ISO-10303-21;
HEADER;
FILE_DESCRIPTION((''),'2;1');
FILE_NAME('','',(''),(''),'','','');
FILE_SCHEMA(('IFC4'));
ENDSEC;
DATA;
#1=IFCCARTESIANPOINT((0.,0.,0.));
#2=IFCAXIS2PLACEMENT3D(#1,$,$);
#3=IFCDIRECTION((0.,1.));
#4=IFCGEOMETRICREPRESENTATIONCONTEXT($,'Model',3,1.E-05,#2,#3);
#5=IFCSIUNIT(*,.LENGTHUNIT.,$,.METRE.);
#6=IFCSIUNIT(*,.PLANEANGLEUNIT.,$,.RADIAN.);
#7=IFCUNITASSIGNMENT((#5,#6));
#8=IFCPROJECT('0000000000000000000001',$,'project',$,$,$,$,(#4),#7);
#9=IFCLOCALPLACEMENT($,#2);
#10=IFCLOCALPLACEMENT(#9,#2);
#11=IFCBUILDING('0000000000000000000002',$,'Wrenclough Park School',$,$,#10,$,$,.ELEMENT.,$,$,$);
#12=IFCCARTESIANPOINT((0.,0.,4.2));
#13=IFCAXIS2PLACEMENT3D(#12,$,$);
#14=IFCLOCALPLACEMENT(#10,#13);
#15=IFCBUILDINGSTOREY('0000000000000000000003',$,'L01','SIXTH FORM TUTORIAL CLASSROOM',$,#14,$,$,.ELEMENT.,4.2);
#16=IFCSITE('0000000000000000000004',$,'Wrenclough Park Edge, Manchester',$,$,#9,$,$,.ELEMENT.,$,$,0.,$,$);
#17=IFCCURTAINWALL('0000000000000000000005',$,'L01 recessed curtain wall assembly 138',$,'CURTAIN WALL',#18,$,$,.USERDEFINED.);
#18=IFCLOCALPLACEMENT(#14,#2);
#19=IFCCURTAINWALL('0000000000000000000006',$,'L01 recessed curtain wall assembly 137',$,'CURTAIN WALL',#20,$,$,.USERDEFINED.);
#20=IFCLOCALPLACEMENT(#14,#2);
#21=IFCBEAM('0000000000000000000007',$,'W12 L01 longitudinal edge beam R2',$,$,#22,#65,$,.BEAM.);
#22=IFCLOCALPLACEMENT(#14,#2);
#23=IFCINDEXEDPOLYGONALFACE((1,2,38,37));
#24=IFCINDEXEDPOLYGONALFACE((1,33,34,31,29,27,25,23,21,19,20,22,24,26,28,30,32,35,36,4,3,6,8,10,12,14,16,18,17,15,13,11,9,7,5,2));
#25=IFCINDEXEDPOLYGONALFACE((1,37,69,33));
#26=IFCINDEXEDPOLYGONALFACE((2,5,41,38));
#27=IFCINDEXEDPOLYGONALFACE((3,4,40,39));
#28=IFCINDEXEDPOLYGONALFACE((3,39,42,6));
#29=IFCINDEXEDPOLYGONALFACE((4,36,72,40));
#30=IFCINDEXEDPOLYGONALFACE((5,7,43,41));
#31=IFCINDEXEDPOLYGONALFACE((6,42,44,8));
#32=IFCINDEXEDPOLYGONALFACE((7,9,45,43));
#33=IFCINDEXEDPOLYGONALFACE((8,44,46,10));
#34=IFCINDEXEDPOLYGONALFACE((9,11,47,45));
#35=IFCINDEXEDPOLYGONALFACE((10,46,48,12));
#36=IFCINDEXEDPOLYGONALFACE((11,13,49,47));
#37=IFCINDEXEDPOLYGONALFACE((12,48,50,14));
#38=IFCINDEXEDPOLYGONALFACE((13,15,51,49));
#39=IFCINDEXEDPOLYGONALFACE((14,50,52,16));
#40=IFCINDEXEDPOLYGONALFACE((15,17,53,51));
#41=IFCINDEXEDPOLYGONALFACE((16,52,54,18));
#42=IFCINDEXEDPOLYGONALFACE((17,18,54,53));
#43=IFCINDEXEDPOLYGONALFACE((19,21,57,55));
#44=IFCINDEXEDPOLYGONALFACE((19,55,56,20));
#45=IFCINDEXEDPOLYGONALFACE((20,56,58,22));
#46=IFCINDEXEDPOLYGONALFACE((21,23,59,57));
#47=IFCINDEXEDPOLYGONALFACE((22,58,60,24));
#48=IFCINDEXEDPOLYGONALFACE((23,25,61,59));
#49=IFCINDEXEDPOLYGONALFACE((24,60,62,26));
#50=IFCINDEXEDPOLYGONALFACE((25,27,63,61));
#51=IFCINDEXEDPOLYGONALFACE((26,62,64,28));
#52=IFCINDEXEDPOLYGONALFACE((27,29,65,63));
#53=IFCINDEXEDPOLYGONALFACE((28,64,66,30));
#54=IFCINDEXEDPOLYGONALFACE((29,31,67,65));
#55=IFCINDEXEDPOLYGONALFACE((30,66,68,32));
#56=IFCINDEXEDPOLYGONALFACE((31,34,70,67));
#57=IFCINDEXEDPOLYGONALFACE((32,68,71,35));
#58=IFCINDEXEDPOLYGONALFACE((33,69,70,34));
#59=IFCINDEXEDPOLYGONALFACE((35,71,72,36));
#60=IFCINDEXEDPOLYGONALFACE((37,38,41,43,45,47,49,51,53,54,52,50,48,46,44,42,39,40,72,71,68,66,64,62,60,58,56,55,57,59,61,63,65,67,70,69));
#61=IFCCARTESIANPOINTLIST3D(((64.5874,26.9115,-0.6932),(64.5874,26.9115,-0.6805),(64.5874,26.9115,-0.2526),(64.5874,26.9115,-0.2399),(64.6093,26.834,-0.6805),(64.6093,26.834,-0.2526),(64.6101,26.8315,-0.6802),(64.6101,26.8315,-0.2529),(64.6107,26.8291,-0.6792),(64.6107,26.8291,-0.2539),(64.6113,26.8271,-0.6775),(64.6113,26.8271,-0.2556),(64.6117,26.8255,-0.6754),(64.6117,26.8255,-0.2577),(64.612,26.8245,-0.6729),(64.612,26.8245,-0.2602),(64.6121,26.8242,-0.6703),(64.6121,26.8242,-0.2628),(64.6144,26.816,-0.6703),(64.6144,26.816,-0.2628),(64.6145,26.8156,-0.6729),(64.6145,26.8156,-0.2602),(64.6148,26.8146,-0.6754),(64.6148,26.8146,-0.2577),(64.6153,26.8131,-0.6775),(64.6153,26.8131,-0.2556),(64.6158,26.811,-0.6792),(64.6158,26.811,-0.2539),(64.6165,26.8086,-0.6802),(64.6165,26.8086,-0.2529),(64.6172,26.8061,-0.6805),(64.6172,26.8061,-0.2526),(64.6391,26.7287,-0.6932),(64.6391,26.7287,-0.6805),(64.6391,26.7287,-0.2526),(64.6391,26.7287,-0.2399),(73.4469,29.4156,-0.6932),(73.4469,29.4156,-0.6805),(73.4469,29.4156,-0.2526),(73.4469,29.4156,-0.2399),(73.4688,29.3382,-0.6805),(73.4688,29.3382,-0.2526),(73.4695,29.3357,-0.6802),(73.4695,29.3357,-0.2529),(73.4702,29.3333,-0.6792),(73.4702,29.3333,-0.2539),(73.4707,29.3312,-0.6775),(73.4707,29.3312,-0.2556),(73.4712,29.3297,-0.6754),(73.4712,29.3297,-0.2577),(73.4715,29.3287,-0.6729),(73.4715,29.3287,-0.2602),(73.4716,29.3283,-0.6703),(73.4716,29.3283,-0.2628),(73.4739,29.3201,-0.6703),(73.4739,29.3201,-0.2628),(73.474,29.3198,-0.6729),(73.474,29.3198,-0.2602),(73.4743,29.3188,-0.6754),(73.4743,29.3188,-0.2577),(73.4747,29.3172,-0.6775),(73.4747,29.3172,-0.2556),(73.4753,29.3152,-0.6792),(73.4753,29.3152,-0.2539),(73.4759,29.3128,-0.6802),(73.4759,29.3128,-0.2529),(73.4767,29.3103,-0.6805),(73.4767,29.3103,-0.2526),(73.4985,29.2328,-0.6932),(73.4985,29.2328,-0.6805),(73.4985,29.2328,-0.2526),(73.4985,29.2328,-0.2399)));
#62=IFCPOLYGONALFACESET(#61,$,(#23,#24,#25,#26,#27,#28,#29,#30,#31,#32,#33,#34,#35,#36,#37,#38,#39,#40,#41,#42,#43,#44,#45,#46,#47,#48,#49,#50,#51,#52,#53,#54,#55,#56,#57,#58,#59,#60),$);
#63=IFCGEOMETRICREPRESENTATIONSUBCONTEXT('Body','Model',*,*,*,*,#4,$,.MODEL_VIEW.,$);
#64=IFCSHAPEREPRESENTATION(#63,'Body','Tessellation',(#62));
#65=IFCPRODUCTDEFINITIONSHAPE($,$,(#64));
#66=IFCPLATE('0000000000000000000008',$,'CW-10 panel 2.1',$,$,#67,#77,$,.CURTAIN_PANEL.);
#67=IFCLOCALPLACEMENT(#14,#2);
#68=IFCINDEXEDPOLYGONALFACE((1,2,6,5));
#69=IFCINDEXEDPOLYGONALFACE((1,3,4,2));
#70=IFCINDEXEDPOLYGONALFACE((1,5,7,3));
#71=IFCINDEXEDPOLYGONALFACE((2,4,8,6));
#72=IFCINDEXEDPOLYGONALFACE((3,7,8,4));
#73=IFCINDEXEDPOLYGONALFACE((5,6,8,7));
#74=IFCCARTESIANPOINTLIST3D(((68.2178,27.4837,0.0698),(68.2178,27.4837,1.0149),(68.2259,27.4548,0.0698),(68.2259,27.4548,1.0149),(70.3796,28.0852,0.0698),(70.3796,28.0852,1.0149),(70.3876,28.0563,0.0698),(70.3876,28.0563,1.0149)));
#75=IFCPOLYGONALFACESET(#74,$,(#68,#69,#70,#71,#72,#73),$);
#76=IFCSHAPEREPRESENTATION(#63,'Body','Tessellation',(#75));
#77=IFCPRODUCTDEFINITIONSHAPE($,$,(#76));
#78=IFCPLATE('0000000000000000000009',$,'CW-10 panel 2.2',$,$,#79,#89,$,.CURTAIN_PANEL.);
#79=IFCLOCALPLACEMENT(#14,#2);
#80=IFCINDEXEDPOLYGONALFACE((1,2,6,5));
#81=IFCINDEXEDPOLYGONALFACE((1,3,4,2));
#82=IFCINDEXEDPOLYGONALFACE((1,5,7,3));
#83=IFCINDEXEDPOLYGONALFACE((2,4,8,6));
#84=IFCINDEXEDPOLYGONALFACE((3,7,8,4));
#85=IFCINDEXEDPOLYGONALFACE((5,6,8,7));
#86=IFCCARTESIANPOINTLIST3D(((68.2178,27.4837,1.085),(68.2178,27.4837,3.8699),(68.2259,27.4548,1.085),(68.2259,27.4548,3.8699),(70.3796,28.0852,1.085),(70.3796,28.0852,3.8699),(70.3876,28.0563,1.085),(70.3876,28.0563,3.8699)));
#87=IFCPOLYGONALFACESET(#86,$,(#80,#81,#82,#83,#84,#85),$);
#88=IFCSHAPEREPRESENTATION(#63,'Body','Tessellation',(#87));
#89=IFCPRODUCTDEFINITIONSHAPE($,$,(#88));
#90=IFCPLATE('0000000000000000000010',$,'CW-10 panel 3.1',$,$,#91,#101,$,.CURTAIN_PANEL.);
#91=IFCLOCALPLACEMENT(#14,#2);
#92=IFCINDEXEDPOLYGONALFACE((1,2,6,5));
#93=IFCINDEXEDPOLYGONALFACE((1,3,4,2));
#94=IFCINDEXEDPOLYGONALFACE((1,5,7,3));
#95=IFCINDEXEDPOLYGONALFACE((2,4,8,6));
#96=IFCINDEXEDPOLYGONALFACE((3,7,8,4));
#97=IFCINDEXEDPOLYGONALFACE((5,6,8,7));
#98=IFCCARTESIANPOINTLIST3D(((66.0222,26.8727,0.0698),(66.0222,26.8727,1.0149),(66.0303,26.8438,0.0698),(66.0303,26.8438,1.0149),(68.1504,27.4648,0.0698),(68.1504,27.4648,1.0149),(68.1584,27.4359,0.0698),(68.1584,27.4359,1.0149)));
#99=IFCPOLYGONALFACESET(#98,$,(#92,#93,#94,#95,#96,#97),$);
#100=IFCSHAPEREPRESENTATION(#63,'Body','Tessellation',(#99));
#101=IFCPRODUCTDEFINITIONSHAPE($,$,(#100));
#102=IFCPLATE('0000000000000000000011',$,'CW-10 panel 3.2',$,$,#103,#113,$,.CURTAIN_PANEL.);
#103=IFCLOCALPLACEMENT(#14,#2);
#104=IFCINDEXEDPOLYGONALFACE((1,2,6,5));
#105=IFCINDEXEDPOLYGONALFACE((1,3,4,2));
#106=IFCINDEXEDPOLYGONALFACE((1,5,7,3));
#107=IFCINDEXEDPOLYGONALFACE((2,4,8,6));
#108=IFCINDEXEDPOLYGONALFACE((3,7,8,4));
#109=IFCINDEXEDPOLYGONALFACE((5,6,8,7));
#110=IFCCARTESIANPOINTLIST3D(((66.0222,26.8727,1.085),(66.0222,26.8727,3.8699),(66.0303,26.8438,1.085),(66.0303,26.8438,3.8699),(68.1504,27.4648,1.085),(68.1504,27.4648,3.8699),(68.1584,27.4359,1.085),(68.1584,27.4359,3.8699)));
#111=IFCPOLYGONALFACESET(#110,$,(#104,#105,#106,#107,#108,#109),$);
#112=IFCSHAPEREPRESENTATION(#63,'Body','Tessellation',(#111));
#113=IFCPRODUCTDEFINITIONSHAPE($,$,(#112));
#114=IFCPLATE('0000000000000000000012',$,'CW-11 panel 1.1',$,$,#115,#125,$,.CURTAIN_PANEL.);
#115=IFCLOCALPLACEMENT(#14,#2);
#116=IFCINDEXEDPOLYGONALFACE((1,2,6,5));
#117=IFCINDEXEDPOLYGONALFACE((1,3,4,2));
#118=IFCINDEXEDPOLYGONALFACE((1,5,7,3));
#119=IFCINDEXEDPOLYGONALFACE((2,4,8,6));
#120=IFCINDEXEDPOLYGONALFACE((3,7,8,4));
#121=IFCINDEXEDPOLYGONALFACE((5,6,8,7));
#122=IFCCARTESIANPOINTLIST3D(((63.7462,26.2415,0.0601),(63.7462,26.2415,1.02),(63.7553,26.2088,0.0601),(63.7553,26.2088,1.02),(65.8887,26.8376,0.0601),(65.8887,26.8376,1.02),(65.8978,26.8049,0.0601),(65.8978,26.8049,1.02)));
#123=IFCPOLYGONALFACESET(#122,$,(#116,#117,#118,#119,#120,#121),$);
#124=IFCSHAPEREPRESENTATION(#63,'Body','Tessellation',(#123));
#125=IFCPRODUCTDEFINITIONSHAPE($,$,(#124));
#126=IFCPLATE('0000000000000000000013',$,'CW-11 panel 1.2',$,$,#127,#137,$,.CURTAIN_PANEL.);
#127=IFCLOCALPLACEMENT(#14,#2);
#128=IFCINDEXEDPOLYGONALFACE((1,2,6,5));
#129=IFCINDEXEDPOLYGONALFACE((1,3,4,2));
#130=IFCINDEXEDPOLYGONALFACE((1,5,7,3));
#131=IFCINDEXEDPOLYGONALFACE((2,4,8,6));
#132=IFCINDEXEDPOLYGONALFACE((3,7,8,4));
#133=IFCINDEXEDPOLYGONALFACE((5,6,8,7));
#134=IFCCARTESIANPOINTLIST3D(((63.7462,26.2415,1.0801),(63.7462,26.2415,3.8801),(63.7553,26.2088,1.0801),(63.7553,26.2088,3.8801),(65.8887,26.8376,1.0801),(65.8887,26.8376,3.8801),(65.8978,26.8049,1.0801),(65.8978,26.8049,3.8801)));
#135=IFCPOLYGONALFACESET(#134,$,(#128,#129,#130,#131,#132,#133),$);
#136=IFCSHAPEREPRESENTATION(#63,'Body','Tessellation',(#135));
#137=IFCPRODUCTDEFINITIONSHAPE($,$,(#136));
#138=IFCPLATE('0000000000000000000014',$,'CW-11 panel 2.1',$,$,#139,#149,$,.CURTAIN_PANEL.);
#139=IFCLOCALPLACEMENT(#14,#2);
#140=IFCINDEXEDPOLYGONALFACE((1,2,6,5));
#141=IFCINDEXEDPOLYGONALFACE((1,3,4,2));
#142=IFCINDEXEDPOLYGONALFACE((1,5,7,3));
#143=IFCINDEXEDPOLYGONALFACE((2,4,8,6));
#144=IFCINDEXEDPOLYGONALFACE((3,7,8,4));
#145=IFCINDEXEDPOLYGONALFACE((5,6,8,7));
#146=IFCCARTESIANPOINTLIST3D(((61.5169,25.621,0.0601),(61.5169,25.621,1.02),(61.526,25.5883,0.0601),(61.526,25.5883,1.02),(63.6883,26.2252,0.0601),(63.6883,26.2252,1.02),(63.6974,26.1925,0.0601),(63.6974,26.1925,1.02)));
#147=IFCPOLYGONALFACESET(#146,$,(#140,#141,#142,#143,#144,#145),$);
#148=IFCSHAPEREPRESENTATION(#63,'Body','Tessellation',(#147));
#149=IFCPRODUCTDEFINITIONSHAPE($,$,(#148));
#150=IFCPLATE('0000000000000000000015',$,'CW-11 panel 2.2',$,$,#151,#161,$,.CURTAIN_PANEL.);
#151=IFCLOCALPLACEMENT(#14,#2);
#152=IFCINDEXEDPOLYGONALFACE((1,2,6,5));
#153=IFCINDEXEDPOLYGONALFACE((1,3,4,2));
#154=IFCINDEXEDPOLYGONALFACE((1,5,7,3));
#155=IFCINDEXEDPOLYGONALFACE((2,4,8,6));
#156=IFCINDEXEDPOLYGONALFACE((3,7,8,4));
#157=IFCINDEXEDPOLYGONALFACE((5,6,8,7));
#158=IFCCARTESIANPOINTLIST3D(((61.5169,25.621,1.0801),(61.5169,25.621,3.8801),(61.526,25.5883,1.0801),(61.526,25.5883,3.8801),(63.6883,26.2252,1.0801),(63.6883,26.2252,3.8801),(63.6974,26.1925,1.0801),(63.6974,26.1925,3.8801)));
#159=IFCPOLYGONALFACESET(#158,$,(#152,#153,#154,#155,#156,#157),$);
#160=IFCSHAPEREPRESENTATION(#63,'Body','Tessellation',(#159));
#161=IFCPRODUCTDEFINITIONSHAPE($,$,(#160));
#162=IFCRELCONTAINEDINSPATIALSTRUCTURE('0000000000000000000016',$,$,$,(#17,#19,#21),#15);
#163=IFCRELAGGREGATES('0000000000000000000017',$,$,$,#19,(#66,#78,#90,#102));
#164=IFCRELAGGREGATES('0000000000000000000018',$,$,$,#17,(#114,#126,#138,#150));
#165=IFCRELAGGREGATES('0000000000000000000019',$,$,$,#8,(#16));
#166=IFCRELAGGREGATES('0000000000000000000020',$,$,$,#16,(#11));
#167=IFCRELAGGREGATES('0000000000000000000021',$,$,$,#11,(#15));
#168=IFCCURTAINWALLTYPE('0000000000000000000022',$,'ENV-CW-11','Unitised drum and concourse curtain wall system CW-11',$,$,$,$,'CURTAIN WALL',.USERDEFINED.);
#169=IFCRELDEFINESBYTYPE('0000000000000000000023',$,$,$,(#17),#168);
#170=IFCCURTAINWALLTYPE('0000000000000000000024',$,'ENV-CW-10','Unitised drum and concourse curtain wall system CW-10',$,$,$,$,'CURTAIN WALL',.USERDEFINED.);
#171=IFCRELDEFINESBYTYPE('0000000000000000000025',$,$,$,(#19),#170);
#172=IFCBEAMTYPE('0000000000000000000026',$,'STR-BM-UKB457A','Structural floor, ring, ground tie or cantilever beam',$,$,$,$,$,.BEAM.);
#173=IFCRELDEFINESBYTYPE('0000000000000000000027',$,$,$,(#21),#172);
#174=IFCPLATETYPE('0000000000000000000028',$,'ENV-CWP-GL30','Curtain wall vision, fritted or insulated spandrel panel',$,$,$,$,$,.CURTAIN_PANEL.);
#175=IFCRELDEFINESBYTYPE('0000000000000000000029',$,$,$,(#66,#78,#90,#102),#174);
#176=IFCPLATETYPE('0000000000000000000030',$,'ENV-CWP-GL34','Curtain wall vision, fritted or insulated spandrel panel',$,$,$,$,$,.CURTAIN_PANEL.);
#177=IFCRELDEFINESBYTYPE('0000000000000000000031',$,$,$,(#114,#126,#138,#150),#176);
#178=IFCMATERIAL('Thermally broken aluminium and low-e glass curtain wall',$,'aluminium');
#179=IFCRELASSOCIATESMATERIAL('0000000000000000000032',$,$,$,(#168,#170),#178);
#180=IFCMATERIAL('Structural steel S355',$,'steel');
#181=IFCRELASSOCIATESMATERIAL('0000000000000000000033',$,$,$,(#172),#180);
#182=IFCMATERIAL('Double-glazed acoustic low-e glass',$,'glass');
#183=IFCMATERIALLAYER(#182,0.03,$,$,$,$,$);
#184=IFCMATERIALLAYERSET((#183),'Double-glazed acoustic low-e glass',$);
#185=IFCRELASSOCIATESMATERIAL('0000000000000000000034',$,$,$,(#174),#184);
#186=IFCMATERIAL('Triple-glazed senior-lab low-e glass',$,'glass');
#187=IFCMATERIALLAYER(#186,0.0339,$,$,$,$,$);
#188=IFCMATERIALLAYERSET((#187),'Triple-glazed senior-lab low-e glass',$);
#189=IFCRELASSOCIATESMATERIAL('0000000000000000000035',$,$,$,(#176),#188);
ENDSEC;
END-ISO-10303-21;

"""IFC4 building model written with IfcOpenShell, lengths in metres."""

from ifc_helpers import new_model, si_unit, direction, frame, origin, origin_2d, place, context, subcontext, project, spatial, rectangle, i_section, extrude, material, layer, layer_set, material_profile, profile_set, type_object, element, aggregate, save


model = new_model("IFC4")

# Units and contexts
model_context = context("Model", 3, precision=1e-05, world=origin(), true_north=direction((0.0, 1.0)))
body_context = subcontext(model_context, "Body", "Model", "MODEL_VIEW")
ifc_project = project(units=[si_unit("LENGTHUNIT", "METRE"), si_unit("PLANEANGLEUNIT", "RADIAN")], contexts=[model_context])

# Site, building, storey
site_placement = place(None, origin())
site = spatial("IfcSite", under=ifc_project, at=site_placement, Name="Wrenclough Park Edge, Manchester", CompositionType="ELEMENT", RefElevation=0.0)
building_placement = place(site_placement, origin())
building = spatial("IfcBuilding", under=site, at=building_placement, Name="Wrenclough Park School", CompositionType="ELEMENT")
storey_placement = place(building_placement, frame((0.0, 0.0, 4.2)))
storey = spatial("IfcBuildingStorey", under=building, at=storey_placement, Name="L01", Description="SIXTH FORM TUTORIAL CLASSROOM", CompositionType="ELEMENT", Elevation=4.2)

# Shared definitions
ifc_material_1 = material(Name="Structural steel S355", Category="steel")

# Curtain walls
ifc_material_2 = material(Name="Thermally broken aluminium and low-e glass curtain wall", Category="aluminium")
curtain_wall_type_1 = type_object("IfcCurtainWallType", Name="ENV-CW-11", Description="Unitised drum and concourse curtain wall system CW-11", ElementType="CURTAIN WALL", PredefinedType="USERDEFINED", material=ifc_material_2)
curtain_wall_1_placement = place(storey_placement, origin())
curtain_wall_1 = element("IfcCurtainWall", 1, at=curtain_wall_1_placement, inside=storey, type_object=curtain_wall_type_1, Name="L01 recessed curtain wall assembly 138", ObjectType="CURTAIN WALL", PredefinedType="USERDEFINED")
curtain_wall_type_2 = type_object("IfcCurtainWallType", Name="ENV-CW-10", Description="Unitised drum and concourse curtain wall system CW-10", ElementType="CURTAIN WALL", PredefinedType="USERDEFINED", material=ifc_material_2)
curtain_wall_2_placement = place(storey_placement, origin())
curtain_wall_2 = element("IfcCurtainWall", 2, at=curtain_wall_2_placement, inside=storey, type_object=curtain_wall_type_2, Name="L01 recessed curtain wall assembly 137", ObjectType="CURTAIN WALL", PredefinedType="USERDEFINED")

# Beam
ifc_material_profile_1 = material_profile(ifc_material_1, i_section(OverallWidth=0.1899, OverallDepth=0.4534, WebThickness=0.0085, FlangeThickness=0.0127, FilletRadius=0.0103, at=origin_2d()), Name="UKB 457x191x67")
ifc_profile_set_1 = profile_set([ifc_material_profile_1], Name="Structural steel S355")
beam_type_1 = type_object("IfcBeamType", Name="STR-BM-UKB457A", Description="Structural floor, ring, ground tie or cantilever beam", PredefinedType="BEAM", material=ifc_profile_set_1)
beam_1_placement = place(storey_placement, frame((64.6133, 26.8201, -0.4666), z_axis=(0.962298, 0.271999, 0.0), x_axis=(-0.271999, 0.962298, 0.0)))
element("IfcBeam", 3, at=beam_1_placement, inside=storey, type_object=beam_type_1, Name="W12 L01 longitudinal edge beam R2", PredefinedType="BEAM", context=body_context, shape_type="SweptSolid", body=[
    extrude(i_section(OverallWidth=0.1899, OverallDepth=0.4534, WebThickness=0.0085, FlangeThickness=0.0127, FilletRadius=0.0103, at=origin_2d()), origin(), (0.0, 0.0, 1.0), 9.2065),
])

# Plates
ifc_material_3 = material(Name="Double-glazed acoustic low-e glass", Category="glass")
ifc_layer_1 = layer(ifc_material_3, 0.03)
ifc_layer_set_1 = layer_set([ifc_layer_1], Name="Double-glazed acoustic low-e glass")
plate_type_1 = type_object("IfcPlateType", Name="ENV-CWP-GL30", Description="Curtain wall vision, fritted or insulated spandrel panel", PredefinedType="CURTAIN_PANEL", material=ifc_layer_set_1)
plate_1_placement = place(storey_placement, frame((69.3027, 27.77, 0.0698), z_axis=(0.0, 0.0, 1.0), x_axis=(-0.963402, -0.268059, 0.0)))
plate_1 = element("IfcPlate", 4, at=plate_1_placement, type_object=plate_type_1, Name="CW-10 panel 2.1", PredefinedType="CURTAIN_PANEL", context=body_context, shape_type="SweptSolid", body=[
    extrude(rectangle(XDim=2.2439, YDim=0.03, at=origin_2d()), origin(), (0.0, 0.0, 1.0), 0.9451),
])
plate_2_placement = place(storey_placement, frame((69.3027, 27.77, 1.085), z_axis=(0.0, 0.0, 1.0), x_axis=(-0.963402, -0.268059, 0.0)))
plate_2 = element("IfcPlate", 5, at=plate_2_placement, type_object=plate_type_1, Name="CW-10 panel 2.2", PredefinedType="CURTAIN_PANEL", context=body_context, shape_type="SweptSolid", body=[
    extrude(rectangle(XDim=2.2439, YDim=0.03, at=origin_2d()), origin(), (0.0, 0.0, 1.0), 2.7849),
])
plate_3_placement = place(storey_placement, frame((67.0903, 27.1543, 0.0698), z_axis=(0.0, 0.0, 1.0), x_axis=(-0.963402, -0.268059, 0.0)))
plate_3 = element("IfcPlate", 6, at=plate_3_placement, type_object=plate_type_1, Name="CW-10 panel 3.1", PredefinedType="CURTAIN_PANEL", context=body_context, shape_type="SweptSolid", body=[
    extrude(rectangle(XDim=2.209, YDim=0.03, at=origin_2d()), origin(), (0.0, 0.0, 1.0), 0.9451),
])
plate_4_placement = place(storey_placement, frame((67.0903, 27.1543, 1.085), z_axis=(0.0, 0.0, 1.0), x_axis=(-0.963402, -0.268059, 0.0)))
plate_4 = element("IfcPlate", 7, at=plate_4_placement, type_object=plate_type_1, Name="CW-10 panel 3.2", PredefinedType="CURTAIN_PANEL", context=body_context, shape_type="SweptSolid", body=[
    extrude(rectangle(XDim=2.209, YDim=0.03, at=origin_2d()), origin(), (0.0, 0.0, 1.0), 2.7849),
])
aggregate(curtain_wall_2, [plate_1, plate_2, plate_3, plate_4])
ifc_material_4 = material(Name="Triple-glazed senior-lab low-e glass", Category="glass")
ifc_layer_2 = layer(ifc_material_4, 0.0339)
ifc_layer_set_2 = layer_set([ifc_layer_2], Name="Triple-glazed senior-lab low-e glass")
plate_type_2 = type_object("IfcPlateType", Name="ENV-CWP-GL34", Description="Curtain wall vision, fritted or insulated spandrel panel", PredefinedType="CURTAIN_PANEL", material=ifc_layer_set_2)
plate_5_placement = place(storey_placement, frame((64.822, 26.5232, 0.0601), z_axis=(0.0, 0.0, 1.0), x_axis=(-0.9634, -0.268069, 0.0)))
plate_5 = element("IfcPlate", 8, at=plate_5_placement, type_object=plate_type_2, Name="CW-11 panel 1.1", PredefinedType="CURTAIN_PANEL", context=body_context, shape_type="SweptSolid", body=[
    extrude(rectangle(XDim=2.2239, YDim=0.0339, at=origin_2d()), origin(), (0.0, 0.0, 1.0), 0.96),
])
plate_6_placement = place(storey_placement, frame((64.822, 26.5232, 1.0801), z_axis=(0.0, 0.0, 1.0), x_axis=(-0.9634, -0.268069, 0.0)))
plate_6 = element("IfcPlate", 9, at=plate_6_placement, type_object=plate_type_2, Name="CW-11 panel 1.2", PredefinedType="CURTAIN_PANEL", context=body_context, shape_type="SweptSolid", body=[
    extrude(rectangle(XDim=2.2239, YDim=0.0339, at=origin_2d()), origin(), (0.0, 0.0, 1.0), 2.8),
])
plate_7_placement = place(storey_placement, frame((62.6072, 25.9067, 0.0601), z_axis=(0.0, 0.0, 1.0), x_axis=(-0.9634, -0.268069, 0.0)))
plate_7 = element("IfcPlate", 10, at=plate_7_placement, type_object=plate_type_2, Name="CW-11 panel 2.1", PredefinedType="CURTAIN_PANEL", context=body_context, shape_type="SweptSolid", body=[
    extrude(rectangle(XDim=2.2539, YDim=0.0339, at=origin_2d()), origin(), (0.0, 0.0, 1.0), 0.96),
])
plate_8_placement = place(storey_placement, frame((62.6072, 25.9067, 1.0801), z_axis=(0.0, 0.0, 1.0), x_axis=(-0.9634, -0.268069, 0.0)))
plate_8 = element("IfcPlate", 11, at=plate_8_placement, type_object=plate_type_2, Name="CW-11 panel 2.2", PredefinedType="CURTAIN_PANEL", context=body_context, shape_type="SweptSolid", body=[
    extrude(rectangle(XDim=2.2539, YDim=0.0339, at=origin_2d()), origin(), (0.0, 0.0, 1.0), 2.8),
])
aggregate(curtain_wall_1, [plate_5, plate_6, plate_7, plate_8])

save(model, "model.ifc")
